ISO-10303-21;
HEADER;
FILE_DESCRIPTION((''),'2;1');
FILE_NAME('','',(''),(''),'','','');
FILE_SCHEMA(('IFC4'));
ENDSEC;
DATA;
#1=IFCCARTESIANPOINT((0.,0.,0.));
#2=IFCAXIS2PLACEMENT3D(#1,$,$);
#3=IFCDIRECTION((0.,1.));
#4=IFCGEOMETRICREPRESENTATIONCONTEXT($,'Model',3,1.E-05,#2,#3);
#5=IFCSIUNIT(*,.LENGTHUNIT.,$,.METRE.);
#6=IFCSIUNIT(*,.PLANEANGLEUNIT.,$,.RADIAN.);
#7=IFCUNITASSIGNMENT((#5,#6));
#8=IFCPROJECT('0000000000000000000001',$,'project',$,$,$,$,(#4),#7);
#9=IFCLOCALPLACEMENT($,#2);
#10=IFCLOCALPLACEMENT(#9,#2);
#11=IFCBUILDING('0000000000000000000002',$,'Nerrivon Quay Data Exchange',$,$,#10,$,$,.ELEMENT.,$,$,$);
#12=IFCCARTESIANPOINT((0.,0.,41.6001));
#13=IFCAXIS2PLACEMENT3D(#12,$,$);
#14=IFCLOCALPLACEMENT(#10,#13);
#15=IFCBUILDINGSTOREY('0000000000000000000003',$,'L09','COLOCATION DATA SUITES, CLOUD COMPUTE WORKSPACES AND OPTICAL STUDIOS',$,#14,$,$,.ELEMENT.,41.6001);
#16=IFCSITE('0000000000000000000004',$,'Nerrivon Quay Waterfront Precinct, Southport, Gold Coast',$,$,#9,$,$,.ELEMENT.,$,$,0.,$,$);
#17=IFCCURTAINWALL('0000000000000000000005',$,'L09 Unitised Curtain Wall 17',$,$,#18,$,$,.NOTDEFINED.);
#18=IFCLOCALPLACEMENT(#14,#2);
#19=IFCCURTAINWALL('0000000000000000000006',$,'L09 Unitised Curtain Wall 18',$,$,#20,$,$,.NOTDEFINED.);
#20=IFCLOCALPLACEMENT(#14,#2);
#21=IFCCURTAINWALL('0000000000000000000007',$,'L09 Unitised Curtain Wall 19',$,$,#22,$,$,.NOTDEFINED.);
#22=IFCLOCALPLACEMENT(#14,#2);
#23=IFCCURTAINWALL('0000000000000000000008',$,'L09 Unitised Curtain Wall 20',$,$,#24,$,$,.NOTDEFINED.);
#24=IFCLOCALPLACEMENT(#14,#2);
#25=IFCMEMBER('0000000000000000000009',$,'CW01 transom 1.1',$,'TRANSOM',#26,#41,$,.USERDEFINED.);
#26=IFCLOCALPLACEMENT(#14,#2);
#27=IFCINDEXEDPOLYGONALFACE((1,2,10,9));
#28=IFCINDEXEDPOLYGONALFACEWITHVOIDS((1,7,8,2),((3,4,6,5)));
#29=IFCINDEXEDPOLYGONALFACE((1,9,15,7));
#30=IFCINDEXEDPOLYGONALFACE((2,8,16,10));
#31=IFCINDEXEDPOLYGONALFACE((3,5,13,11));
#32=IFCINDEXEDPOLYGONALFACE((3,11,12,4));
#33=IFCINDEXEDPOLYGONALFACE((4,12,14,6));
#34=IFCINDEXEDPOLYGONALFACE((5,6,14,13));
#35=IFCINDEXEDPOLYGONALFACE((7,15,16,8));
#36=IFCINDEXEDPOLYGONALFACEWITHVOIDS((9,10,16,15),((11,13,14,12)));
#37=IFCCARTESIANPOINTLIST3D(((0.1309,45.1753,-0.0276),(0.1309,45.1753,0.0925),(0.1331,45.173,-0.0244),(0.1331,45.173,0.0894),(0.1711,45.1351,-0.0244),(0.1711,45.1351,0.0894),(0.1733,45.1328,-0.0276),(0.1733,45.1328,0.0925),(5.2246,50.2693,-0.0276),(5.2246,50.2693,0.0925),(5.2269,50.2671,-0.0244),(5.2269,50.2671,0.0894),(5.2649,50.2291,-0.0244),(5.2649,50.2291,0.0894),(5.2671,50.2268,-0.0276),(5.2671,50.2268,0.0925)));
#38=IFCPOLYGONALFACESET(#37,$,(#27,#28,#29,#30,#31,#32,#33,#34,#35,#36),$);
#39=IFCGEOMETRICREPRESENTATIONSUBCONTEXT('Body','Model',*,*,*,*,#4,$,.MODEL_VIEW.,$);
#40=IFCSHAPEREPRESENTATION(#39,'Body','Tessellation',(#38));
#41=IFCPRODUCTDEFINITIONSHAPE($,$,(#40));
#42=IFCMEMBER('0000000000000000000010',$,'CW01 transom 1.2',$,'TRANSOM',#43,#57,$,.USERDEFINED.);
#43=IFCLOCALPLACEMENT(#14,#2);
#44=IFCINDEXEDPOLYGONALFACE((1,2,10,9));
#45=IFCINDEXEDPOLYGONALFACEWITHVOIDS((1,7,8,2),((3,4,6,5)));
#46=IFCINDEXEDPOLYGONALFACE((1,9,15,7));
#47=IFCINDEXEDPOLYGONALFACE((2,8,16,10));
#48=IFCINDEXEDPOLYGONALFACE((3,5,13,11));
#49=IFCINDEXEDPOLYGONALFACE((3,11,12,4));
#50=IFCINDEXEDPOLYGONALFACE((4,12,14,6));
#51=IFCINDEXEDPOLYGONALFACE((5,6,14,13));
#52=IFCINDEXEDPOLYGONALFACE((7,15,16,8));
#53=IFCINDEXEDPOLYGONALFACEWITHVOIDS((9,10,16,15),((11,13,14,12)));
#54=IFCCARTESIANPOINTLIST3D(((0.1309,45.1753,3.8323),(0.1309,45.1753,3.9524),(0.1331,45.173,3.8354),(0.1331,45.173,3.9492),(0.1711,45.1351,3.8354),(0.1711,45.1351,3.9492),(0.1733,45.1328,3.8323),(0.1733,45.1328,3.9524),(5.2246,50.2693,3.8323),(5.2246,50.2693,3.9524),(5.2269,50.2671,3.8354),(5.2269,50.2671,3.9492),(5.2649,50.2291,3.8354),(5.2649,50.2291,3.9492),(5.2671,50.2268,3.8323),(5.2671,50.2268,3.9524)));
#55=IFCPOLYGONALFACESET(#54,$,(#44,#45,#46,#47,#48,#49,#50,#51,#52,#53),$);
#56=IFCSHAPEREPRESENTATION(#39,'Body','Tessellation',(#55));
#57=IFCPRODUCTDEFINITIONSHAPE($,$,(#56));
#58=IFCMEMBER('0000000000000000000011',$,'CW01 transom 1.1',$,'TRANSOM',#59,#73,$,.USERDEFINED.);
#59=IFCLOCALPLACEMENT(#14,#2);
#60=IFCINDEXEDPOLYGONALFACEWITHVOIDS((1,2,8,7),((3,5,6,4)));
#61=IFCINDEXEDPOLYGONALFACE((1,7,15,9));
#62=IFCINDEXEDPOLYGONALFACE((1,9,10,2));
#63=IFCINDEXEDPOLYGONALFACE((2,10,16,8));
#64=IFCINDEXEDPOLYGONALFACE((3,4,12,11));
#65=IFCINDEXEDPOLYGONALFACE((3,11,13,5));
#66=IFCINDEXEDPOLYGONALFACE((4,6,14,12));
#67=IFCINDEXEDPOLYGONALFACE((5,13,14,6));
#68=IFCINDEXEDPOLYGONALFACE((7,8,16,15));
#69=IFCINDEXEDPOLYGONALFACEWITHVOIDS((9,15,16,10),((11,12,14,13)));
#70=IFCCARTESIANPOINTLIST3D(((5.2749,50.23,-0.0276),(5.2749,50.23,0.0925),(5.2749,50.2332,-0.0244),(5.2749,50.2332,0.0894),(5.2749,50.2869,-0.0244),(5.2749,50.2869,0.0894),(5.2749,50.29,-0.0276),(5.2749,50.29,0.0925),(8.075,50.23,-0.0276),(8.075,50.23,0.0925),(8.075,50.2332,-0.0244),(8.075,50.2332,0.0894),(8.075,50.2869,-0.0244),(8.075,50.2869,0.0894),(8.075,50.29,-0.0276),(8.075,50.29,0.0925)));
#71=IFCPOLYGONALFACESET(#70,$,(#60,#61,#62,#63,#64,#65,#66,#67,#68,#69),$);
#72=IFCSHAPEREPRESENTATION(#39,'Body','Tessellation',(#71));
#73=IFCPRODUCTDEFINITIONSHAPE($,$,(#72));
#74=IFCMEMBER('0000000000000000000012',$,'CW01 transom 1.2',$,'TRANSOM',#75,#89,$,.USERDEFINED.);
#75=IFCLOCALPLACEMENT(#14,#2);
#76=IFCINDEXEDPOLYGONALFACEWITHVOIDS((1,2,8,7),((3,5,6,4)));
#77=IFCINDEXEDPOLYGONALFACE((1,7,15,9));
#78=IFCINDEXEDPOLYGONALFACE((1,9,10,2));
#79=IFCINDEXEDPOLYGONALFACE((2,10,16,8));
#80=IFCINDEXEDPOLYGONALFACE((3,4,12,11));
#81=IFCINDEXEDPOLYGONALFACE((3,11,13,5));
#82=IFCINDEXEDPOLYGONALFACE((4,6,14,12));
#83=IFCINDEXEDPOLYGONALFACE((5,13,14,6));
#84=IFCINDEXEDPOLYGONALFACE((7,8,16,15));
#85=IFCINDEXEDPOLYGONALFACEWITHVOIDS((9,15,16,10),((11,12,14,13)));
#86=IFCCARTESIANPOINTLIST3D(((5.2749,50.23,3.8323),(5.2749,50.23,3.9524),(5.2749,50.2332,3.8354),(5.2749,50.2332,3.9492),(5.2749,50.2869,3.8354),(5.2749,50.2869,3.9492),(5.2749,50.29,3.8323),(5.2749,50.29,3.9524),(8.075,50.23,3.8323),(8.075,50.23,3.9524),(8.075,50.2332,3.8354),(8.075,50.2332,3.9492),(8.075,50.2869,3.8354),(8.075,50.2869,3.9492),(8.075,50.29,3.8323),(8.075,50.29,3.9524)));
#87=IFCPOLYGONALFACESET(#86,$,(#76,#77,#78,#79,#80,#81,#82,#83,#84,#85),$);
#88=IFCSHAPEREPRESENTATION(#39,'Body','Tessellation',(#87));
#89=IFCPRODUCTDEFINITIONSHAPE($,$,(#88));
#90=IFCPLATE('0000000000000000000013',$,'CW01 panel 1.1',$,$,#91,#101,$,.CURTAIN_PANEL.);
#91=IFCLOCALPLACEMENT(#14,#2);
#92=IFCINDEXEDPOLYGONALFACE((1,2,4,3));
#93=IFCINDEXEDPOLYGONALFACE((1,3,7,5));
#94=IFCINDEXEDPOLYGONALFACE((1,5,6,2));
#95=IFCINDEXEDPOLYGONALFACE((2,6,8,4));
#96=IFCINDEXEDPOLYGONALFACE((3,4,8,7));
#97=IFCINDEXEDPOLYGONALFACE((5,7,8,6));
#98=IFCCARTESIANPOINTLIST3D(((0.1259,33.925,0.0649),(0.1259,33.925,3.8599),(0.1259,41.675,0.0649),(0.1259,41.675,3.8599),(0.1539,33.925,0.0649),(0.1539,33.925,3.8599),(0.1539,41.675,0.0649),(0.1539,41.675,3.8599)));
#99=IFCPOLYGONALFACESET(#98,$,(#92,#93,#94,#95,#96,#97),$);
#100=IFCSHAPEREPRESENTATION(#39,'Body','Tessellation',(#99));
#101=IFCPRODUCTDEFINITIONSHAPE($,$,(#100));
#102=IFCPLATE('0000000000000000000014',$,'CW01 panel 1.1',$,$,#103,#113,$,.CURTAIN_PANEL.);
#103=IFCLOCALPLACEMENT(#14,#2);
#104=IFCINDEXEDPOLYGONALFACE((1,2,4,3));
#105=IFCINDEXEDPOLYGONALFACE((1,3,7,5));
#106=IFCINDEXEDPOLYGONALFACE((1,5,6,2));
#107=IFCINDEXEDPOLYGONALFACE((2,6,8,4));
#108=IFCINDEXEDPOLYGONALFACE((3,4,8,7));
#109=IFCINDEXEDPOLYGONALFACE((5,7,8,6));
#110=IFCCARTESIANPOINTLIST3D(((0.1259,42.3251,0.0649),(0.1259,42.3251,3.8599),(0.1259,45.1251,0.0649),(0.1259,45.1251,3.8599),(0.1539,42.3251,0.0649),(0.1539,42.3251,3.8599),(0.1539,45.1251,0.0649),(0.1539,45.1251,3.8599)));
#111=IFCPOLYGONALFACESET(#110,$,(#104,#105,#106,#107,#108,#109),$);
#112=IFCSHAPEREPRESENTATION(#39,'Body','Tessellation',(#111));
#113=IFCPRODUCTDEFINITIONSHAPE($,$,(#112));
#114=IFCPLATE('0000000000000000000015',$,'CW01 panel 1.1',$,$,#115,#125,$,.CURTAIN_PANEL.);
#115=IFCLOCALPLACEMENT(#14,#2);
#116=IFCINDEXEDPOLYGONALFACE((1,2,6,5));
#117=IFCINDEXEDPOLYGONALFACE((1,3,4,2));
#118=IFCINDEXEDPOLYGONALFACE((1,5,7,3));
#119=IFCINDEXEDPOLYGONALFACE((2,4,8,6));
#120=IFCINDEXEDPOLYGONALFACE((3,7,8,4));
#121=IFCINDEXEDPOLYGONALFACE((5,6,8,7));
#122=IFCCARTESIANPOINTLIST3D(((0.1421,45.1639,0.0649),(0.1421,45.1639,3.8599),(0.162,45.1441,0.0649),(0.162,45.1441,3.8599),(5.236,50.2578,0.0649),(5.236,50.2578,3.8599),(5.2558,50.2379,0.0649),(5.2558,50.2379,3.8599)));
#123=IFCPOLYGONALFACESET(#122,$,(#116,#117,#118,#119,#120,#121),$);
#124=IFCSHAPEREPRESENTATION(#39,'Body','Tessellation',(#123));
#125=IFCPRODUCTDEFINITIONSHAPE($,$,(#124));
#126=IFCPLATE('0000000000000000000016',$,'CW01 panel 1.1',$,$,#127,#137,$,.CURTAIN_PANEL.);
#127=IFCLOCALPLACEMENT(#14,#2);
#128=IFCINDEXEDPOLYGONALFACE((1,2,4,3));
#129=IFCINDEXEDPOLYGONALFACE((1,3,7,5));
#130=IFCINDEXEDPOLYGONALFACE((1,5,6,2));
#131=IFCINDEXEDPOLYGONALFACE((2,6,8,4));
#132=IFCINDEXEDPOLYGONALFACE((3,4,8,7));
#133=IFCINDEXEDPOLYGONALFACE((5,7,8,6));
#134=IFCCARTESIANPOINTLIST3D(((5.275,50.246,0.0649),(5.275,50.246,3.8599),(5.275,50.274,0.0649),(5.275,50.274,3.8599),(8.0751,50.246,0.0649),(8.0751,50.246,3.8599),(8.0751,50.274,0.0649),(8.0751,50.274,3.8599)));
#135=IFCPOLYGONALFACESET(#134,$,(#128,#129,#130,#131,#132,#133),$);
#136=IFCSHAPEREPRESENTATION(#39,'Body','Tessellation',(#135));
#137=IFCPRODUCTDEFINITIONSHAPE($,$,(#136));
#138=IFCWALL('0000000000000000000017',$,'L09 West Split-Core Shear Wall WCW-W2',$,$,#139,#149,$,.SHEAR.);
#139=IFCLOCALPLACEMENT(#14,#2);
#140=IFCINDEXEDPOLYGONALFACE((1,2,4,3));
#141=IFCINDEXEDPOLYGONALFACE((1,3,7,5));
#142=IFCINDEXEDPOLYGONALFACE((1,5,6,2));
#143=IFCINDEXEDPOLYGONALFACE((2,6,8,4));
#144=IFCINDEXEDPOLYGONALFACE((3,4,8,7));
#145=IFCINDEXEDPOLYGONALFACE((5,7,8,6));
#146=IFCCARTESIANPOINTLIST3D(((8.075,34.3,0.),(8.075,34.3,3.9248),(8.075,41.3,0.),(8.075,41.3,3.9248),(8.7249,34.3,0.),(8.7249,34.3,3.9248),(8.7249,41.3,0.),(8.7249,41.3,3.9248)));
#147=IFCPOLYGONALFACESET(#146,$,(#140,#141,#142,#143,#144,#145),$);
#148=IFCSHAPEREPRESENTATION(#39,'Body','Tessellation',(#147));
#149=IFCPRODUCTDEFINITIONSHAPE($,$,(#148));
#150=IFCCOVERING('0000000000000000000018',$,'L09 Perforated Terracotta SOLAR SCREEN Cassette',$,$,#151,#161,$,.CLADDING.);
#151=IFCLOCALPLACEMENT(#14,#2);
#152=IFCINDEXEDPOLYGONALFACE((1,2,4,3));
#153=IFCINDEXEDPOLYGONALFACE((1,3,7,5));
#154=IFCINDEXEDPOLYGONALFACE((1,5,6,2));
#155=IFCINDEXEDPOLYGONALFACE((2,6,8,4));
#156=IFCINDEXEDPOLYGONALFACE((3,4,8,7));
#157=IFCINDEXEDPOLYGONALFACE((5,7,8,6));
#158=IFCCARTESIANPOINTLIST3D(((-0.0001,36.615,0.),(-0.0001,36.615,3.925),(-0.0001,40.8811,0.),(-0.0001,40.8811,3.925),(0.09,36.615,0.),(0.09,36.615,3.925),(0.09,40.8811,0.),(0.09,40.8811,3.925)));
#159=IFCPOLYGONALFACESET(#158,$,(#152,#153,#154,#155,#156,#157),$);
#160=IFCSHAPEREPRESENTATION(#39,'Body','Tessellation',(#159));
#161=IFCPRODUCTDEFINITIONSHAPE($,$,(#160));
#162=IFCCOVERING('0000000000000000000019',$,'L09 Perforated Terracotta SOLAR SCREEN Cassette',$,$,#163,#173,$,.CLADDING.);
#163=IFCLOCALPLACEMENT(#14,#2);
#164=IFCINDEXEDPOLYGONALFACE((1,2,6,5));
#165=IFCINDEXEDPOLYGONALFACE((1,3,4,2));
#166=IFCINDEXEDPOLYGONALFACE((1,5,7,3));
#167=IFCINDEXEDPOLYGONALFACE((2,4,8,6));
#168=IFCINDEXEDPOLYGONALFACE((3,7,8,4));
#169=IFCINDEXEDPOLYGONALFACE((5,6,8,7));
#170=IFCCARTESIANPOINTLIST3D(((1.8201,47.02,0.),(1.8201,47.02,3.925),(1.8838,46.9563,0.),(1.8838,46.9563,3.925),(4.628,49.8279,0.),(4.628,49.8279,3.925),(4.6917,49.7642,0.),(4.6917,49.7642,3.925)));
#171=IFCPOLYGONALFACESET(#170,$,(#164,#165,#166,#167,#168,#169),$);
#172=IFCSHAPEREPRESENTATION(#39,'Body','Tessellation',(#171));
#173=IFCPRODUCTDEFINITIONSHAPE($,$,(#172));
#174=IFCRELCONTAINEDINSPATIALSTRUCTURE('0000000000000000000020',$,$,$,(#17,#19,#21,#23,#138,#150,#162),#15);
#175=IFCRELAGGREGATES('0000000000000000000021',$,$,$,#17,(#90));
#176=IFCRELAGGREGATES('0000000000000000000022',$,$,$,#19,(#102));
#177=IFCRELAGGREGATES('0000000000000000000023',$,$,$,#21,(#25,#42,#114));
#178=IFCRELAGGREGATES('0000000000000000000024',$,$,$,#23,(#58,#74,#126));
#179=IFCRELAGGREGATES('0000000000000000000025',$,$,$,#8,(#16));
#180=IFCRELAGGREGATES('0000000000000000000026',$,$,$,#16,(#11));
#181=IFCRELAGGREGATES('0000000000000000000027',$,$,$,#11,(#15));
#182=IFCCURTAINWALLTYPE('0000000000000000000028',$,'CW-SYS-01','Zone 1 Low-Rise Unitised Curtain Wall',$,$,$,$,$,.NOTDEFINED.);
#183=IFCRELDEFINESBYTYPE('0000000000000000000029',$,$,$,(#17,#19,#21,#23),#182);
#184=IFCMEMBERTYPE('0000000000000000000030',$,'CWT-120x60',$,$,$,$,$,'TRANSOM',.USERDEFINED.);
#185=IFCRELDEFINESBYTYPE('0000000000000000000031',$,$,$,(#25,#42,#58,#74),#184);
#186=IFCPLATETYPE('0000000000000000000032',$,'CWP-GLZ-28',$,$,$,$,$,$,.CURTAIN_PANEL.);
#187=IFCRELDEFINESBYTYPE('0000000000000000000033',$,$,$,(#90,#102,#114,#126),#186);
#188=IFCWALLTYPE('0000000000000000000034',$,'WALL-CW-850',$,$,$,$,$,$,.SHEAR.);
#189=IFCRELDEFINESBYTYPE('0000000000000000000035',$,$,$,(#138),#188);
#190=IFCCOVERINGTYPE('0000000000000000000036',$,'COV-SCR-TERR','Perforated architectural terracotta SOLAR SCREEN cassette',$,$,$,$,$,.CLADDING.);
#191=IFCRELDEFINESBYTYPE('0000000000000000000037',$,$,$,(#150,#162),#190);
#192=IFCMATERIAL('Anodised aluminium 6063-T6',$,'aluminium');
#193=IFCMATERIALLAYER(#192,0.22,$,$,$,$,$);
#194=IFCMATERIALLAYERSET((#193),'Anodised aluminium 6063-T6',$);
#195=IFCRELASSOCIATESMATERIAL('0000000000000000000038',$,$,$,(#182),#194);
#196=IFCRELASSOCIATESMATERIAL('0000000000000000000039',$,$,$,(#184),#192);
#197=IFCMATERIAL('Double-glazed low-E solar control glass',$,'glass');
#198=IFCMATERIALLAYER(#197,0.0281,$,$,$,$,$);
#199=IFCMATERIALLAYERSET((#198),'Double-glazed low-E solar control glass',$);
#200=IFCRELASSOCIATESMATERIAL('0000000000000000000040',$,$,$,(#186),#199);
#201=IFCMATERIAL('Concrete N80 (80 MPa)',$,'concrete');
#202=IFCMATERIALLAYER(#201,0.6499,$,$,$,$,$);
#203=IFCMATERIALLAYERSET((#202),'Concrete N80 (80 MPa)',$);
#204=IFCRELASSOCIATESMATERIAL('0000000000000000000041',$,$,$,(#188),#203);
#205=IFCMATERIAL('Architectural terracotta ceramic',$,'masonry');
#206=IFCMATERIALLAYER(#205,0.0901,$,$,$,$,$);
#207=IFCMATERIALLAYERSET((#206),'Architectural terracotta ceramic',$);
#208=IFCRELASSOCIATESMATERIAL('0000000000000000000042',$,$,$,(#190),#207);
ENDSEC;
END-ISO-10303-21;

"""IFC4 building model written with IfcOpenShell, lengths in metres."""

from ifc_helpers import new_model, si_unit, direction, frame, frame_2d, origin, origin_2d, place, context, subcontext, project, spatial, rectangle, hollow_rectangle, extrude, material, layer, layer_set, material_profile, profile_set, type_object, element, aggregate, save


model = new_model("IFC4")

# Units and contexts
model_context = context("Model", 3, precision=1e-05, world=origin(), true_north=direction((0.0, 1.0)))
body_context = subcontext(model_context, "Body", "Model", "MODEL_VIEW")
ifc_project = project(units=[si_unit("LENGTHUNIT", "METRE"), si_unit("PLANEANGLEUNIT", "RADIAN")], contexts=[model_context])

# Site, building, storey
site_placement = place(None, origin())
site = spatial("IfcSite", under=ifc_project, at=site_placement, Name="Nerrivon Quay Waterfront Precinct, Southport, Gold Coast", CompositionType="ELEMENT", RefElevation=0.0)
building_placement = place(site_placement, origin())
building = spatial("IfcBuilding", under=site, at=building_placement, Name="Nerrivon Quay Data Exchange", CompositionType="ELEMENT")
storey_placement = place(building_placement, frame((0.0, 0.0, 41.6001)))
storey = spatial("IfcBuildingStorey", under=building, at=storey_placement, Name="L09", Description="COLOCATION DATA SUITES, CLOUD COMPUTE WORKSPACES AND OPTICAL STUDIOS", CompositionType="ELEMENT", Elevation=41.6001)

# Shared definitions
ifc_material_1 = material(Name="Concrete N80 (80 MPa)", Category="concrete")

# Curtain wall
ifc_material_2 = material(Name="Anodised aluminium 6063-T6", Category="aluminium")
ifc_layer_1 = layer(ifc_material_2, 0.22)
ifc_layer_set_1 = layer_set([ifc_layer_1], Name="Anodised aluminium 6063-T6")
curtain_wall_type = type_object("IfcCurtainWallType", Name="CW-SYS-01", Description="Zone 1 Low-Rise Unitised Curtain Wall", PredefinedType="NOTDEFINED", material=ifc_layer_set_1)
curtain_wall_1_placement = place(storey_placement, origin())
curtain_wall_1 = element("IfcCurtainWall", 1, at=curtain_wall_1_placement, inside=storey, type_object=curtain_wall_type, Name="L09 Unitised Curtain Wall 17", PredefinedType="NOTDEFINED")

# Curtain walls
curtain_wall_2_placement = place(storey_placement, origin())
curtain_wall_2 = element("IfcCurtainWall", 2, at=curtain_wall_2_placement, inside=storey, type_object=curtain_wall_type, Name="L09 Unitised Curtain Wall 18", PredefinedType="NOTDEFINED")
curtain_wall_3_placement = place(storey_placement, origin())
curtain_wall_3 = element("IfcCurtainWall", 3, at=curtain_wall_3_placement, inside=storey, type_object=curtain_wall_type, Name="L09 Unitised Curtain Wall 19", PredefinedType="NOTDEFINED")
curtain_wall_4_placement = place(storey_placement, origin())
curtain_wall_4 = element("IfcCurtainWall", 4, at=curtain_wall_4_placement, inside=storey, type_object=curtain_wall_type, Name="L09 Unitised Curtain Wall 20", PredefinedType="NOTDEFINED")

# Members
ifc_material_profile_1 = material_profile(ifc_material_2, hollow_rectangle(XDim=0.0601, YDim=0.1201, WallThickness=0.0032, at=origin_2d()), Name="ALU-TRAN-120x60")
ifc_profile_set_1 = profile_set([ifc_material_profile_1], Name="Anodised aluminium 6063-T6")
member_type_1 = type_object("IfcMemberType", Name="CWT-120x60", ElementType="TRANSOM", PredefinedType="USERDEFINED", material=ifc_profile_set_1)
member_1_placement = place(storey_placement, frame((0.1521, 45.1541, 0.0325), z_axis=(0.70709, 0.707124, 0.0), x_axis=(-0.707124, 0.70709, 0.0)))
member_1 = element("IfcMember", 5, at=member_1_placement, type_object=member_type_1, Name="CW01 transom 1.1", ObjectType="TRANSOM", PredefinedType="USERDEFINED", context=body_context, shape_type="SweptSolid", body=[
    extrude(hollow_rectangle(XDim=0.0601, YDim=0.1201, WallThickness=0.0032, at=origin_2d()), origin(), (0.0, 0.0, 1.0), 7.2039),
])
member_2_placement = place(storey_placement, frame((0.1521, 45.1541, 3.8923), z_axis=(0.70709, 0.707124, 0.0), x_axis=(-0.707124, 0.70709, 0.0)))
member_2 = element("IfcMember", 6, at=member_2_placement, type_object=member_type_1, Name="CW01 transom 1.2", ObjectType="TRANSOM", PredefinedType="USERDEFINED", context=body_context, shape_type="SweptSolid", body=[
    extrude(hollow_rectangle(XDim=0.0601, YDim=0.1201, WallThickness=0.0032, at=origin_2d()), origin(), (0.0, 0.0, 1.0), 7.2039),
])
member_3_placement = place(storey_placement, frame((5.2749, 50.26, 0.0325), z_axis=(1.0, 0.0, 0.0), x_axis=(0.0, 1.0, 0.0)))
member_3 = element("IfcMember", 7, at=member_3_placement, type_object=member_type_1, Name="CW01 transom 1.1", ObjectType="TRANSOM", PredefinedType="USERDEFINED", context=body_context, shape_type="SweptSolid", body=[
    extrude(hollow_rectangle(XDim=0.0601, YDim=0.1201, WallThickness=0.0032, at=origin_2d()), origin(), (0.0, 0.0, 1.0), 2.8),
])
member_4_placement = place(storey_placement, frame((5.2749, 50.26, 3.8923), z_axis=(1.0, 0.0, 0.0), x_axis=(0.0, 1.0, 0.0)))
member_4 = element("IfcMember", 8, at=member_4_placement, type_object=member_type_1, Name="CW01 transom 1.2", ObjectType="TRANSOM", PredefinedType="USERDEFINED", context=body_context, shape_type="SweptSolid", body=[
    extrude(hollow_rectangle(XDim=0.0601, YDim=0.1201, WallThickness=0.0032, at=origin_2d()), origin(), (0.0, 0.0, 1.0), 2.8),
])

# Plates
ifc_material_3 = material(Name="Double-glazed low-E solar control glass", Category="glass")
ifc_layer_2 = layer(ifc_material_3, 0.0281)
ifc_layer_set_2 = layer_set([ifc_layer_2], Name="Double-glazed low-E solar control glass")
plate_type = type_object("IfcPlateType", Name="CWP-GLZ-28", PredefinedType="CURTAIN_PANEL", material=ifc_layer_set_2)
plate_1_placement = place(storey_placement, frame((0.1399, 37.8, 0.0649), z_axis=(0.0, 0.0, 1.0), x_axis=(0.0, 1.0, 0.0)))
plate_1 = element("IfcPlate", 9, at=plate_1_placement, type_object=plate_type, Name="CW01 panel 1.1", PredefinedType="CURTAIN_PANEL", context=body_context, shape_type="SweptSolid", body=[
    extrude(rectangle(XDim=7.75, YDim=0.0281, at=origin_2d()), origin(), (0.0, 0.0, 1.0), 3.7949),
])
aggregate(curtain_wall_1, [plate_1])
plate_2_placement = place(storey_placement, frame((0.1399, 43.7251, 0.0649), z_axis=(0.0, 0.0, 1.0), x_axis=(0.0, 1.0, 0.0)))
plate_2 = element("IfcPlate", 10, at=plate_2_placement, type_object=plate_type, Name="CW01 panel 1.1", PredefinedType="CURTAIN_PANEL", context=body_context, shape_type="SweptSolid", body=[
    extrude(rectangle(XDim=2.8, YDim=0.0281, at=origin_2d()), origin(), (0.0, 0.0, 1.0), 3.7949),
])
aggregate(curtain_wall_2, [plate_2])
plate_3_placement = place(storey_placement, frame((2.699, 47.7009, 0.0649), z_axis=(0.0, 0.0, 1.0), x_axis=(0.707107, 0.707107, 0.0)))
plate_3 = element("IfcPlate", 11, at=plate_3_placement, type_object=plate_type, Name="CW01 panel 1.1", PredefinedType="CURTAIN_PANEL", context=body_context, shape_type="SweptSolid", body=[
    extrude(rectangle(XDim=7.2039, YDim=0.0281, at=origin_2d()), origin(), (0.0, 0.0, 1.0), 3.7949),
])
aggregate(curtain_wall_3, [member_1, member_2, plate_3])
plate_4_placement = place(storey_placement, frame((6.675, 50.26, 0.0649), z_axis=(0.0, 0.0, 1.0), x_axis=(1.0, 0.0, 0.0)))
plate_4 = element("IfcPlate", 12, at=plate_4_placement, type_object=plate_type, Name="CW01 panel 1.1", PredefinedType="CURTAIN_PANEL", context=body_context, shape_type="SweptSolid", body=[
    extrude(rectangle(XDim=2.8, YDim=0.0281, at=origin_2d()), origin(), (0.0, 0.0, 1.0), 3.7949),
])
aggregate(curtain_wall_4, [member_3, member_4, plate_4])

# Wall
ifc_layer_3 = layer(ifc_material_1, 0.6499)
ifc_layer_set_3 = layer_set([ifc_layer_3], Name="Concrete N80 (80 MPa)")
wall_type = type_object("IfcWallType", Name="WALL-CW-850", PredefinedType="SHEAR", material=ifc_layer_set_3)
wall_placement = place(storey_placement, frame((8.3999, 34.3, 0.0), z_axis=(0.0, 0.0, 1.0), x_axis=(0.0, 1.0, 0.0)))
element("IfcWall", 13, at=wall_placement, inside=storey, type_object=wall_type, Name="L09 West Split-Core Shear Wall WCW-W2", PredefinedType="SHEAR", context=body_context, shape_type="SweptSolid", body=[
    extrude(rectangle(XDim=7.0, YDim=0.6499, at=frame_2d((3.5, 0.0))), origin(), (0.0, 0.0, 1.0), 3.9248),
])

# Coverings
ifc_material_4 = material(Name="Architectural terracotta ceramic", Category="masonry")
ifc_layer_4 = layer(ifc_material_4, 0.0901)
ifc_layer_set_4 = layer_set([ifc_layer_4], Name="Architectural terracotta ceramic")
covering_type = type_object("IfcCoveringType", Name="COV-SCR-TERR", Description="Perforated architectural terracotta SOLAR SCREEN cassette", PredefinedType="CLADDING", material=ifc_layer_set_4)
covering_1_placement = place(storey_placement, frame((0.0449, 38.748, 0.0), z_axis=(0.0, 0.0, 1.0), x_axis=(0.0, 1.0, 0.0)))
element("IfcCovering", 14, at=covering_1_placement, inside=storey, type_object=covering_type, Name="L09 Perforated Terracotta SOLAR SCREEN Cassette", PredefinedType="CLADDING", context=body_context, shape_type="SweptSolid", body=[
    extrude(rectangle(XDim=4.2661, YDim=0.0901, at=origin_2d()), origin(), (0.0, 0.0, 1.0), 3.925),
])
covering_2_placement = place(storey_placement, frame((3.2559, 48.3921, 0.0), z_axis=(0.0, 0.0, 1.0), x_axis=(0.707107, 0.707107, 0.0)))
element("IfcCovering", 15, at=covering_2_placement, inside=storey, type_object=covering_type, Name="L09 Perforated Terracotta SOLAR SCREEN Cassette", PredefinedType="CLADDING", context=body_context, shape_type="SweptSolid", body=[
    extrude(rectangle(XDim=3.9709, YDim=0.0901, at=origin_2d()), origin(), (0.0, 0.0, 1.0), 3.925),
])

save(model, "model.ifc")
